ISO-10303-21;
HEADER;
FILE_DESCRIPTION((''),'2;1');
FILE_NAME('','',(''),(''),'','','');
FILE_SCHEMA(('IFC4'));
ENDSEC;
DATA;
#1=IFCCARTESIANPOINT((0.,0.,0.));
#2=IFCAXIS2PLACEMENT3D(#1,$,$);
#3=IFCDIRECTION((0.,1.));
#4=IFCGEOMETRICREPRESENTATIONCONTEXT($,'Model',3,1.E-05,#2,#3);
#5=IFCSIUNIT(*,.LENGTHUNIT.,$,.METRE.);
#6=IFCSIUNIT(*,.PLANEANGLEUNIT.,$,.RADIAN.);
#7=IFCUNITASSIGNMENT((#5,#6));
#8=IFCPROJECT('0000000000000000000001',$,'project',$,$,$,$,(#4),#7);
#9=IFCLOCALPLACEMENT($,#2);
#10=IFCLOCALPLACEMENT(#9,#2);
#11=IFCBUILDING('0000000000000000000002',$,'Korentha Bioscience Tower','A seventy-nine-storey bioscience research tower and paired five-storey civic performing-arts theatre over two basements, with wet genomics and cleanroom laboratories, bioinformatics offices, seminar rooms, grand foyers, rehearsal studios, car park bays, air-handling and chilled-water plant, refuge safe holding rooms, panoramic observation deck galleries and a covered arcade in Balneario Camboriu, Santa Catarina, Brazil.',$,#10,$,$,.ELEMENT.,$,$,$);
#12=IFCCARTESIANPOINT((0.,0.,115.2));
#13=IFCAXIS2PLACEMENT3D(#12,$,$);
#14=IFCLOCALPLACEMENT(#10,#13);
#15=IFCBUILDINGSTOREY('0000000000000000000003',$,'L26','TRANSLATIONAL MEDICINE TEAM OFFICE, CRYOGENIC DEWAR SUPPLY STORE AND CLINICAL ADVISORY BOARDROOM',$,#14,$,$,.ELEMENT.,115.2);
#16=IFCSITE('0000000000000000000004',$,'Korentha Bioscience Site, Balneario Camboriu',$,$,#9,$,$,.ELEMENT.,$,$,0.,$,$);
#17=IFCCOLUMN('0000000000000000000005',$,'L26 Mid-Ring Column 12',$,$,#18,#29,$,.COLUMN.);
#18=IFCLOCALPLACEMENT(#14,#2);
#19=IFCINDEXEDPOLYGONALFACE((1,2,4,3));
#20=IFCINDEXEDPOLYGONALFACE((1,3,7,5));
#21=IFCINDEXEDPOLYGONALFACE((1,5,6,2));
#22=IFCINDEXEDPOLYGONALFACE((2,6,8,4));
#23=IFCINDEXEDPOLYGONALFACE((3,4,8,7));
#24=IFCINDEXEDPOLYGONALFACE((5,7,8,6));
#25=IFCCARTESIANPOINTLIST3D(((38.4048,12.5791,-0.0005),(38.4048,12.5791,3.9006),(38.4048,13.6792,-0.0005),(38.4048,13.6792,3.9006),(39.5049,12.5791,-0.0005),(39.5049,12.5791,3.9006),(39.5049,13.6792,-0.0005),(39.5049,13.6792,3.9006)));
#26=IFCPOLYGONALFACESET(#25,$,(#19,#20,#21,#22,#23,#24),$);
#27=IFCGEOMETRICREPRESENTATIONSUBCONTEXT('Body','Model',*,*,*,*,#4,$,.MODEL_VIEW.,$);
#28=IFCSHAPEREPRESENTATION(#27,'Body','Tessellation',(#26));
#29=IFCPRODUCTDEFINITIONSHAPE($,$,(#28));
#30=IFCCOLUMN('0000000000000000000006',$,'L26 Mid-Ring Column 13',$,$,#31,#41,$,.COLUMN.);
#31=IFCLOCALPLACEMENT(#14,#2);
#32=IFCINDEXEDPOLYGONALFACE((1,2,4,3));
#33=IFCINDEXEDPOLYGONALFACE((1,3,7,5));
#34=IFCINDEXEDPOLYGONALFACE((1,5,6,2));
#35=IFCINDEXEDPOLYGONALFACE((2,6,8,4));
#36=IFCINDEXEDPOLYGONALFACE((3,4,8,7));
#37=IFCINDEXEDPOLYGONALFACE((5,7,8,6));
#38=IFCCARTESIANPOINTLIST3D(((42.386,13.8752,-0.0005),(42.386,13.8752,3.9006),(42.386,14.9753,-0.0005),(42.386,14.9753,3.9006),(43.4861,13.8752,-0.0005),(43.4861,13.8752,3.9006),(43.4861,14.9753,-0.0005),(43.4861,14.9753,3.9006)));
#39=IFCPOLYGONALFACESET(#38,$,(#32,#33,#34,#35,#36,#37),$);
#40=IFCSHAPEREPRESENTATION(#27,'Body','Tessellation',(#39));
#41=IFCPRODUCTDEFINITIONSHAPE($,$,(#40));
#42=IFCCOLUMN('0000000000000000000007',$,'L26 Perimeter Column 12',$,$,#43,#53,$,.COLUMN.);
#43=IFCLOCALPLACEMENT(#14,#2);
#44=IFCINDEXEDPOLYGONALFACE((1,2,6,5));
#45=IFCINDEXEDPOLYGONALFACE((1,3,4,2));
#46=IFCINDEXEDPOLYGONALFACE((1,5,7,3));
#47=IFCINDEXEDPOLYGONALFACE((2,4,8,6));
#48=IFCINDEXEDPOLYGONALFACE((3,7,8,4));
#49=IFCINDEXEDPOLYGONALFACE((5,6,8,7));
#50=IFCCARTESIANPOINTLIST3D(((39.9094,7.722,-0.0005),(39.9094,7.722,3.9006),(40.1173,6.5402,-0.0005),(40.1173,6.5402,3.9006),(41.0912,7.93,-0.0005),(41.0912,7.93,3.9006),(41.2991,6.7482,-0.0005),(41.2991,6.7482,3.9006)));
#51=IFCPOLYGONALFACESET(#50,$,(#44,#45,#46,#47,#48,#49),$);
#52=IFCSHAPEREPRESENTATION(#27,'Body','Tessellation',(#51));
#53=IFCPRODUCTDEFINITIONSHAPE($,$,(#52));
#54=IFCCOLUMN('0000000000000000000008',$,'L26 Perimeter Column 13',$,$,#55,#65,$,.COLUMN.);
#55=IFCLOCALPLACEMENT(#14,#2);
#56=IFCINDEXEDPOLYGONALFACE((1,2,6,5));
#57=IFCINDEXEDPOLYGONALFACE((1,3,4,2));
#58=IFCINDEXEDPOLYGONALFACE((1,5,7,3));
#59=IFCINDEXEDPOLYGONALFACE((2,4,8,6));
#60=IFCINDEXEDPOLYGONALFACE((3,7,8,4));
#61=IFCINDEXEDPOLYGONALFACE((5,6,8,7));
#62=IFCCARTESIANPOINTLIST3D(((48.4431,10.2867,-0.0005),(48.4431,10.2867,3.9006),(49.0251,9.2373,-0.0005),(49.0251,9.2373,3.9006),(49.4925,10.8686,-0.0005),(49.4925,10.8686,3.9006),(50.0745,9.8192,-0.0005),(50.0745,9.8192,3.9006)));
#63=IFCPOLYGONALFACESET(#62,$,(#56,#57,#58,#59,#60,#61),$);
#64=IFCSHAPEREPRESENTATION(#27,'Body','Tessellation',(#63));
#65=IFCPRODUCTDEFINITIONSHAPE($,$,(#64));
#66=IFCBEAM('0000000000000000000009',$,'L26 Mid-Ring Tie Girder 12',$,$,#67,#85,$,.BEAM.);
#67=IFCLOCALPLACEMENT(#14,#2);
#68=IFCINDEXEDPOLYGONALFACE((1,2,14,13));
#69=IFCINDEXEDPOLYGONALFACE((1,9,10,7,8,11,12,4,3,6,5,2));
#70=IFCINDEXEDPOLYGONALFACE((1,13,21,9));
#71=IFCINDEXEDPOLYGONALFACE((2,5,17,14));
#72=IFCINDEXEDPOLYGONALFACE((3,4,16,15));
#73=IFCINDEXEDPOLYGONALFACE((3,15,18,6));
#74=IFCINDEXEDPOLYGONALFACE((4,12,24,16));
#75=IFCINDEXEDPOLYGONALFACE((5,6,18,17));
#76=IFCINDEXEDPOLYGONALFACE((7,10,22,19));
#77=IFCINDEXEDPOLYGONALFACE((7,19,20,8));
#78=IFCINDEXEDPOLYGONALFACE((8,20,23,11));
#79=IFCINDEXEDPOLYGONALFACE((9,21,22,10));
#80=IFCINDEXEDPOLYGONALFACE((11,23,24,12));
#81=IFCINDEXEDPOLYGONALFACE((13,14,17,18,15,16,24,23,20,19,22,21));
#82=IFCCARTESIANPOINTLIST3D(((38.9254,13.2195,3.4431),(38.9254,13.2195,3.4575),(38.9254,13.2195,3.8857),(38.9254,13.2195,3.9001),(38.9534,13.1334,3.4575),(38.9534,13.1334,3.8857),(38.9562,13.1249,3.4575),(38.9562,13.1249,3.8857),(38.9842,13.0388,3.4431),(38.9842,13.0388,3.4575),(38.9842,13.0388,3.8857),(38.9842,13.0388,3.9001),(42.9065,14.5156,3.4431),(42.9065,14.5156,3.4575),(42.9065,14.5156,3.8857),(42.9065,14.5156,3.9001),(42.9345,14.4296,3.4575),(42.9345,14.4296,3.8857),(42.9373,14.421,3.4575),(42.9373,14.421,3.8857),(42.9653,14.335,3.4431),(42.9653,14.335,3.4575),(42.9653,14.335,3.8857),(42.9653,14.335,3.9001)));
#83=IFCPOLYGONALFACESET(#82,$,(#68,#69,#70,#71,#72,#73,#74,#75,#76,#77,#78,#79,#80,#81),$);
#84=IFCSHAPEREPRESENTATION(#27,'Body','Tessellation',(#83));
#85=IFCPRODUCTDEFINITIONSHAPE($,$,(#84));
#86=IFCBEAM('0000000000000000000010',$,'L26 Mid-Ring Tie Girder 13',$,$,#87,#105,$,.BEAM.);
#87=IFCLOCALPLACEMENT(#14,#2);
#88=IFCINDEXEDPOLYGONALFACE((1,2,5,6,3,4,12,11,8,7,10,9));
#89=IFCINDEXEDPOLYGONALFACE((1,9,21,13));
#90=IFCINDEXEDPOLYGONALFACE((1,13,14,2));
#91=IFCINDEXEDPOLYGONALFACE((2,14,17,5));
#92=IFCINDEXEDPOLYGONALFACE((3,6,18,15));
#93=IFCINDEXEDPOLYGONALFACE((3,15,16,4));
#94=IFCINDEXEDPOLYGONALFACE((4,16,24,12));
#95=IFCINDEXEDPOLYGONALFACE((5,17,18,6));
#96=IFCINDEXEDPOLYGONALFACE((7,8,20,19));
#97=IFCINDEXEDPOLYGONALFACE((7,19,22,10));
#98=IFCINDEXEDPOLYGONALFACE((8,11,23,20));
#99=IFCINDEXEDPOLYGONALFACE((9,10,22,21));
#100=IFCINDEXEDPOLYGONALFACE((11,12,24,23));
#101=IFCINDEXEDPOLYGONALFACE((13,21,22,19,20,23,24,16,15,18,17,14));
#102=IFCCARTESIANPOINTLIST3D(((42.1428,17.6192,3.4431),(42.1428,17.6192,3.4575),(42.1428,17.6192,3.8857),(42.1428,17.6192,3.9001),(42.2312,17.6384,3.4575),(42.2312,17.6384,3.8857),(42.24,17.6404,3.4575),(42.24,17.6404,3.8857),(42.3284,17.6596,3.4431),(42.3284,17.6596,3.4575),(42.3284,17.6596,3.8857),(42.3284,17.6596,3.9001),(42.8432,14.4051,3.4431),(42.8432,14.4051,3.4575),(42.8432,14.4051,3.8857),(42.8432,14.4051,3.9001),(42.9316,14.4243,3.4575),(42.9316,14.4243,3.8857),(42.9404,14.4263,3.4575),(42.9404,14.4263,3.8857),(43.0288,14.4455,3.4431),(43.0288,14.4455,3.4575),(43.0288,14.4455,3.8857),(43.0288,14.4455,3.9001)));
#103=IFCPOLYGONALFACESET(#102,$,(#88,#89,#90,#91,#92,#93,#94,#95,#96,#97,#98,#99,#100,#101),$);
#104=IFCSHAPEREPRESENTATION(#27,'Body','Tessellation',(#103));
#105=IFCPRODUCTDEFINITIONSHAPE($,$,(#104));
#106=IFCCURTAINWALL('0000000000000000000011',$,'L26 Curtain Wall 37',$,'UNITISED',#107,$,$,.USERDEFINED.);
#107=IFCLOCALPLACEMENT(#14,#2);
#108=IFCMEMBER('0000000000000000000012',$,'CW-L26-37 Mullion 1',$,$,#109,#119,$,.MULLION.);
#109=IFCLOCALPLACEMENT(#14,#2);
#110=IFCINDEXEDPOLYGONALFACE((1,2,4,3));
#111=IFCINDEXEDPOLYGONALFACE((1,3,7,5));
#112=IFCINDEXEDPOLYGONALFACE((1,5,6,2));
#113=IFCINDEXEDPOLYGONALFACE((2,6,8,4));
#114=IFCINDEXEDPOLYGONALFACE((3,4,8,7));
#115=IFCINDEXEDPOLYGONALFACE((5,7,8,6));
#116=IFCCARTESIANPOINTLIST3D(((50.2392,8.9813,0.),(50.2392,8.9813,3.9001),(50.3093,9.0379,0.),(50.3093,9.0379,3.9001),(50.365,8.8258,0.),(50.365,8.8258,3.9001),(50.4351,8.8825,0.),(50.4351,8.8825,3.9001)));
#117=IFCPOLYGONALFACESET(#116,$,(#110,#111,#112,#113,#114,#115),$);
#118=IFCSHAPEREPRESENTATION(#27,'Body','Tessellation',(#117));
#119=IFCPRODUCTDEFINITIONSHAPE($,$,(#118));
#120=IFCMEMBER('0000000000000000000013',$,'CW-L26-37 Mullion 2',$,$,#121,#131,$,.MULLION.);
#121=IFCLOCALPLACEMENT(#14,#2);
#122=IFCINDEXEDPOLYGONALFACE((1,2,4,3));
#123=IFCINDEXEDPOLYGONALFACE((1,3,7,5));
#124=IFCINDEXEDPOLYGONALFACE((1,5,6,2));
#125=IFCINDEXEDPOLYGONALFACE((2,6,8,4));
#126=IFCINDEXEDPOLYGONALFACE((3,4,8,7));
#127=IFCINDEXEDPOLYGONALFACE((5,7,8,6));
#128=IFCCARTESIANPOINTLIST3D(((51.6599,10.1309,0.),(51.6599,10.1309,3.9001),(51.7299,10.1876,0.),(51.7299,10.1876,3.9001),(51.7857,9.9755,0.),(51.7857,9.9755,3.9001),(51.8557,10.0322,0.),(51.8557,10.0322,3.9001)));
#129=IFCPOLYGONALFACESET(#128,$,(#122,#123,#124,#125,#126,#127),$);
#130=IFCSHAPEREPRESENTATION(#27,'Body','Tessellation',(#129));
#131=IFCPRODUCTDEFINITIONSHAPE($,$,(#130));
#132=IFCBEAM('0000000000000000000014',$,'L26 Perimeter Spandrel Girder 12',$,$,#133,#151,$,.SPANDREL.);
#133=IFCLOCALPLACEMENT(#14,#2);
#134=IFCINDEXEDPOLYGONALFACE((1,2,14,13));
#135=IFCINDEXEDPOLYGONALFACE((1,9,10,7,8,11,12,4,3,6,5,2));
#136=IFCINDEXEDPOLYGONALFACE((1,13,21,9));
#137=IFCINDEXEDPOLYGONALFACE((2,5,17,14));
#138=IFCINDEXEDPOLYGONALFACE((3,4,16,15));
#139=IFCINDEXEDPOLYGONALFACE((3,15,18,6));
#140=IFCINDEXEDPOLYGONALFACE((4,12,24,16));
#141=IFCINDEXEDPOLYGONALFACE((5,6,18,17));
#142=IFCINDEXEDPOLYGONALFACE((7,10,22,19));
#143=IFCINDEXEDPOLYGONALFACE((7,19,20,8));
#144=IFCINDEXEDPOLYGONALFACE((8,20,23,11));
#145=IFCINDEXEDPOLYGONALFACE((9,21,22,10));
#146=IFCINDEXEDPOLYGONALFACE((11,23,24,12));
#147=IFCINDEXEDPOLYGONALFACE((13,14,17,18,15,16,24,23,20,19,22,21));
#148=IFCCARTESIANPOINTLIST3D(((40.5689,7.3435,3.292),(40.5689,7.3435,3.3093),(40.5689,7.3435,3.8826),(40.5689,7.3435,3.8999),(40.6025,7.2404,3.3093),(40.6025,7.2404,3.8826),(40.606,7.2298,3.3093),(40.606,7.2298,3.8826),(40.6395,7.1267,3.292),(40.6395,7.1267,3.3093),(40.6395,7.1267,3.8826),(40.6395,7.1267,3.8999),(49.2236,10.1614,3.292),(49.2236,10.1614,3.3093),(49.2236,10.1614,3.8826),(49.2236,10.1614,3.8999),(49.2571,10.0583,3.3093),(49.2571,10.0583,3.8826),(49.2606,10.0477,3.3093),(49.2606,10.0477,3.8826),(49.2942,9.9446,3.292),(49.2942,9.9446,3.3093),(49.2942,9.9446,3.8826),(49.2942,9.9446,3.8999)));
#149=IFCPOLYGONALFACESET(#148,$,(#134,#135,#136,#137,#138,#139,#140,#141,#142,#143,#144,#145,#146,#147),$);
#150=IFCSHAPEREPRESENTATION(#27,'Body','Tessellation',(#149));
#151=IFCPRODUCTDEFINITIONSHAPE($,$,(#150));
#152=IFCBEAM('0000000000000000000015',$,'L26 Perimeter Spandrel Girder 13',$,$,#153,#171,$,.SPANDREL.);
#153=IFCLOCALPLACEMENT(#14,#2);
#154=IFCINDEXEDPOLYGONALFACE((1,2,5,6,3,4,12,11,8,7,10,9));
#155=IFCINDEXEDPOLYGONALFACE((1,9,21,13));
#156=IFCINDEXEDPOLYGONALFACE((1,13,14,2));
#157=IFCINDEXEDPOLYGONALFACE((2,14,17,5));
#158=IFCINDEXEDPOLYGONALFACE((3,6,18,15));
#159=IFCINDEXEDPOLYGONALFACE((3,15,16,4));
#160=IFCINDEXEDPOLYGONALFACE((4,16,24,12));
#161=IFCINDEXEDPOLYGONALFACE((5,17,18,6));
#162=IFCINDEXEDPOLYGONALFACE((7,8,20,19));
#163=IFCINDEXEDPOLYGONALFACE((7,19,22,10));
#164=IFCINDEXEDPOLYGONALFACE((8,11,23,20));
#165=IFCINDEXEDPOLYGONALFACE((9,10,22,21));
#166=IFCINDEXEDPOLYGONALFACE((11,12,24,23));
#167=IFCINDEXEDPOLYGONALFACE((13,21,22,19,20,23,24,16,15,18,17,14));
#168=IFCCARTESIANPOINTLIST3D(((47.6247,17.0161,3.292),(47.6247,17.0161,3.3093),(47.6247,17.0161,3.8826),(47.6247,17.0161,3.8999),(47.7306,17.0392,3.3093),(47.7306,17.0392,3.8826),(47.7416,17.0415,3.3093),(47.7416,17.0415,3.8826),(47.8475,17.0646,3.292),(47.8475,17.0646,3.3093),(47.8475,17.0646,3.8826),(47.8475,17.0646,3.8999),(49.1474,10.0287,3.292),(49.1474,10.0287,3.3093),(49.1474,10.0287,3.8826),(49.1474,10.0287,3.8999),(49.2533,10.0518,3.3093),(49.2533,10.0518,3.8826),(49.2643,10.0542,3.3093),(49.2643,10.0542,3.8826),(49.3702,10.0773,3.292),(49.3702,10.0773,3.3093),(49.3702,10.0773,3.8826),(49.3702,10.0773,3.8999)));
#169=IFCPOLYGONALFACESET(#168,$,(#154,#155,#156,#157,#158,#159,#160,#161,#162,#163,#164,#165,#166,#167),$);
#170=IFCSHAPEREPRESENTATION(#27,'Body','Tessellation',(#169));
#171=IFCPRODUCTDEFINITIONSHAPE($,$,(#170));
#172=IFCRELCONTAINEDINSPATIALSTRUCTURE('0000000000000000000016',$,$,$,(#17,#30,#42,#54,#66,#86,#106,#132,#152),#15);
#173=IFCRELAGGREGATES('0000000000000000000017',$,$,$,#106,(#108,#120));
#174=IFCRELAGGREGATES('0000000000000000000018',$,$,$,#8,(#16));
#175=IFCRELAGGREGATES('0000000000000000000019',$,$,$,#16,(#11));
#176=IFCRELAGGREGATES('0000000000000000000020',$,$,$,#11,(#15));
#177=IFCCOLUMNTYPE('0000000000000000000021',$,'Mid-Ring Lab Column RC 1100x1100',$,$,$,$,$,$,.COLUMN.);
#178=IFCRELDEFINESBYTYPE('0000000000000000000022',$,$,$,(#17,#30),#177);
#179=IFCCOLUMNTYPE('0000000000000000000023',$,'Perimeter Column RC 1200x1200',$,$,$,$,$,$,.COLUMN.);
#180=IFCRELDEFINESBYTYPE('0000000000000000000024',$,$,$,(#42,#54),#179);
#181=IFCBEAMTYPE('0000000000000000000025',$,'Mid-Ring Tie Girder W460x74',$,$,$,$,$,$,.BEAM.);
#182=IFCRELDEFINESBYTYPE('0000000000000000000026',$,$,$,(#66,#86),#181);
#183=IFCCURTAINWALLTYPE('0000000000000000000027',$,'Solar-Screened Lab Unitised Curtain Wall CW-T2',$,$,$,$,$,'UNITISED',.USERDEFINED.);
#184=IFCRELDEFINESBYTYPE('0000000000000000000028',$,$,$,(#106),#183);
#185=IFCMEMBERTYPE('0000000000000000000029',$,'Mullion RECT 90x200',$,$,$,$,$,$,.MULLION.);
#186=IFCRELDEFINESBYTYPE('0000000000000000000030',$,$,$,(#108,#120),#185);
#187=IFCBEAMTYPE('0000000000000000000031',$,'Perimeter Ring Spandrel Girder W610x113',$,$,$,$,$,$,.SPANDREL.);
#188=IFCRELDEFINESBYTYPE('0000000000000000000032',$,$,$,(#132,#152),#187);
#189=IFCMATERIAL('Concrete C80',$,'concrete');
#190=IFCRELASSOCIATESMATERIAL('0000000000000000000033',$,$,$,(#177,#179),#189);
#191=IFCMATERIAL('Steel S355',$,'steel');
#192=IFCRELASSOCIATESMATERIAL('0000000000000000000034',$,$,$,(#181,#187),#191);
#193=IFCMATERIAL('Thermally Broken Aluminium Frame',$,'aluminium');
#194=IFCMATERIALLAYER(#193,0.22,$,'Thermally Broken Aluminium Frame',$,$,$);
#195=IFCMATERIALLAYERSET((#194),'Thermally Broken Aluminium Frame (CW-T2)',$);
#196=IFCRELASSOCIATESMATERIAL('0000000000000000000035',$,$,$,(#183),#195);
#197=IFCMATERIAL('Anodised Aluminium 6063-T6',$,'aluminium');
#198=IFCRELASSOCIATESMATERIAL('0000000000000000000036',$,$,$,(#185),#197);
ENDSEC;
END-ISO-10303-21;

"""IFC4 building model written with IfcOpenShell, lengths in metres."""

from ifc_helpers import new_model, si_unit, direction, frame, origin, origin_2d, place, context, subcontext, project, spatial, rectangle, i_section, extrude, material, layer, layer_set, material_profile, profile_set, type_object, element, aggregate, save


model = new_model("IFC4")

# Units and contexts
model_context = context("Model", 3, precision=1e-05, world=origin(), true_north=direction((0.0, 1.0)))
body_context = subcontext(model_context, "Body", "Model", "MODEL_VIEW")
ifc_project = project(units=[si_unit("LENGTHUNIT", "METRE"), si_unit("PLANEANGLEUNIT", "RADIAN")], contexts=[model_context])

# Site, building, storey
site_placement = place(None, origin())
site = spatial("IfcSite", under=ifc_project, at=site_placement, Name="Korentha Bioscience Site, Balneario Camboriu", CompositionType="ELEMENT", RefElevation=0.0)
building_placement = place(site_placement, origin())
building = spatial("IfcBuilding", under=site, at=building_placement, Name="Korentha Bioscience Tower", Description="A seventy-nine-storey bioscience research tower and paired five-storey civic performing-arts theatre over two basements, with wet genomics and cleanroom laboratories, bioinformatics offices, seminar rooms, grand foyers, rehearsal studios, car park bays, air-handling and chilled-water plant, refuge safe holding rooms, panoramic observation deck galleries and a covered arcade in Balneario Camboriu, Santa Catarina, Brazil.", CompositionType="ELEMENT")
storey_placement = place(building_placement, frame((0.0, 0.0, 115.2)))
storey = spatial("IfcBuildingStorey", under=building, at=storey_placement, Name="L26", Description="TRANSLATIONAL MEDICINE TEAM OFFICE, CRYOGENIC DEWAR SUPPLY STORE AND CLINICAL ADVISORY BOARDROOM", CompositionType="ELEMENT", Elevation=115.2)

# Columns
ifc_material_1 = material(Name="Concrete C80", Category="concrete")
ifc_material_profile_1 = material_profile(ifc_material_1, rectangle(XDim=1.1001, YDim=1.1001, at=origin_2d()), Name="Concrete C80")
ifc_profile_set_1 = profile_set([ifc_material_profile_1], Name="Concrete C80 (COL-MR11)")
column_type_1 = type_object("IfcColumnType", Name="Mid-Ring Lab Column RC 1100x1100", PredefinedType="COLUMN", material=ifc_profile_set_1)
for number, where, z_axis, x_axis, name in (
    (1, (38.9548, 13.1292, -0.0005), (0.0, 0.0, 1.0), (1.0, 0.0, 0.0), "L26 Mid-Ring Column 12"),
    (2, (42.936, 14.4253, -0.0005), (0.0, 0.0, 1.0), (1.0, 0.0, 0.0), "L26 Mid-Ring Column 13"),
):
    element("IfcColumn", number, at=place(storey_placement, frame(where, z_axis=z_axis, x_axis=x_axis)), inside=storey, type_object=column_type_1, Name=name, PredefinedType="COLUMN", context=body_context, shape_type="SweptSolid", body=[
        extrude(rectangle(XDim=1.1001, YDim=1.1001, at=origin_2d()), origin(), (0.0, 0.0, 1.0), 3.9011),
    ])
ifc_material_profile_2 = material_profile(ifc_material_1, rectangle(XDim=1.2, YDim=1.2, at=origin_2d()), Name="Concrete C80")
ifc_profile_set_2 = profile_set([ifc_material_profile_2], Name="Concrete C80 (COL-P12)")
column_type_2 = type_object("IfcColumnType", Name="Perimeter Column RC 1200x1200", PredefinedType="COLUMN", material=ifc_profile_set_2)
for number, where, z_axis, x_axis, name in (
    (3, (40.6042, 7.2351, -0.0005), (0.0, 0.0, 1.0), (0.984868, 0.173304, 0.0), "L26 Perimeter Column 12"),
    (4, (49.2588, 10.053, -0.0005), (0.0, 0.0, 1.0), (0.874535, 0.484962, 0.0), "L26 Perimeter Column 13"),
):
    element("IfcColumn", number, at=place(storey_placement, frame(where, z_axis=z_axis, x_axis=x_axis)), inside=storey, type_object=column_type_2, Name=name, PredefinedType="COLUMN", context=body_context, shape_type="SweptSolid", body=[
        extrude(rectangle(XDim=1.2, YDim=1.2, at=origin_2d()), origin(), (0.0, 0.0, 1.0), 3.9011),
    ])

# Beams
ifc_material_2 = material(Name="Steel S355", Category="steel")
ifc_material_profile_3 = material_profile(ifc_material_2, i_section(OverallWidth=0.1899, OverallDepth=0.457, WebThickness=0.009, FlangeThickness=0.0144, at=origin_2d()), Name="Steel S355")
ifc_profile_set_3 = profile_set([ifc_material_profile_3], Name="Steel S355 (MB-460)")
beam_type_1 = type_object("IfcBeamType", Name="Mid-Ring Tie Girder W460x74", PredefinedType="BEAM", material=ifc_profile_set_3)
beam_1_placement = place(storey_placement, frame((38.9548, 13.1292, 3.6716), z_axis=(0.950876, 0.309573, 0.0), x_axis=(-0.309573, 0.950876, 0.0)))
element("IfcBeam", 5, at=beam_1_placement, inside=storey, type_object=beam_type_1, Name="L26 Mid-Ring Tie Girder 12", PredefinedType="BEAM", context=body_context, shape_type="SweptSolid", body=[
    extrude(i_section(OverallWidth=0.1899, OverallDepth=0.457, WebThickness=0.009, FlangeThickness=0.0144, at=origin_2d()), origin(), (0.0, 0.0, 1.0), 4.1868),
])
beam_2_placement = place(storey_placement, frame((42.936, 14.4253, 3.6716), z_axis=(-0.212929, 0.977068, 0.0), x_axis=(-0.977068, -0.212929, 0.0)))
element("IfcBeam", 6, at=beam_2_placement, inside=storey, type_object=beam_type_1, Name="L26 Mid-Ring Tie Girder 13", PredefinedType="BEAM", context=body_context, shape_type="SweptSolid", body=[
    extrude(i_section(OverallWidth=0.1899, OverallDepth=0.457, WebThickness=0.009, FlangeThickness=0.0144, at=origin_2d()), origin(), (0.0, 0.0, 1.0), 3.2896),
])

# Curtain wall, members
ifc_material_3 = material(Name="Thermally Broken Aluminium Frame", Category="aluminium")
ifc_layer_1 = layer(ifc_material_3, 0.22, Name="Thermally Broken Aluminium Frame")
ifc_layer_set_1 = layer_set([ifc_layer_1], Name="Thermally Broken Aluminium Frame (CW-T2)")
curtain_wall_type = type_object("IfcCurtainWallType", Name="Solar-Screened Lab Unitised Curtain Wall CW-T2", ElementType="UNITISED", PredefinedType="USERDEFINED", material=ifc_layer_set_1)
curtain_wall_placement = place(storey_placement, origin())
curtain_wall = element("IfcCurtainWall", 7, at=curtain_wall_placement, inside=storey, type_object=curtain_wall_type, Name="L26 Curtain Wall 37", ObjectType="UNITISED", PredefinedType="USERDEFINED")
ifc_material_4 = material(Name="Anodised Aluminium 6063-T6", Category="aluminium")
ifc_material_profile_4 = material_profile(ifc_material_4, rectangle(XDim=0.0901, YDim=0.2, at=origin_2d()), Name="Anodised Aluminium 6063-T6")
ifc_profile_set_4 = profile_set([ifc_material_profile_4], Name="Anodised Aluminium 6063-T6 (CW-MUL)")
member_type_1 = type_object("IfcMemberType", Name="Mullion RECT 90x200", PredefinedType="MULLION", material=ifc_profile_set_4)
member_1_placement = place(storey_placement, frame((50.3372, 8.9319, 0.0), z_axis=(0.0, 0.0, 1.0), x_axis=(0.777315, 0.629111, 0.0)))
member_1 = element("IfcMember", 8, at=member_1_placement, type_object=member_type_1, Name="CW-L26-37 Mullion 1", PredefinedType="MULLION", context=body_context, shape_type="SweptSolid", body=[
    extrude(rectangle(XDim=0.0901, YDim=0.2, at=origin_2d()), origin(), (0.0, 0.0, 1.0), 3.9001),
])
member_2_placement = place(storey_placement, frame((51.7578, 10.0815, 0.0), z_axis=(0.0, 0.0, 1.0), x_axis=(0.777315, 0.629111, 0.0)))
member_2 = element("IfcMember", 9, at=member_2_placement, type_object=member_type_1, Name="CW-L26-37 Mullion 2", PredefinedType="MULLION", context=body_context, shape_type="SweptSolid", body=[
    extrude(rectangle(XDim=0.0901, YDim=0.2, at=origin_2d()), origin(), (0.0, 0.0, 1.0), 3.9001),
])

# Beams
ifc_material_profile_5 = material_profile(ifc_material_2, i_section(OverallWidth=0.228, OverallDepth=0.6079, WebThickness=0.0112, FlangeThickness=0.0173, at=origin_2d()), Name="Steel S355")
ifc_profile_set_5 = profile_set([ifc_material_profile_5], Name="Steel S355 (SB-610)")
beam_type_2 = type_object("IfcBeamType", Name="Perimeter Ring Spandrel Girder W610x113", PredefinedType="SPANDREL", material=ifc_profile_set_5)
beam_3_placement = place(storey_placement, frame((40.6042, 7.2351, 3.5959), z_axis=(0.950868, 0.309597, 0.0), x_axis=(-0.309597, 0.950868, 0.0)))
element("IfcBeam", 10, at=beam_3_placement, inside=storey, type_object=beam_type_2, Name="L26 Perimeter Spandrel Girder 12", PredefinedType="SPANDREL", context=body_context, shape_type="SweptSolid", body=[
    extrude(i_section(OverallWidth=0.228, OverallDepth=0.6079, WebThickness=0.0112, FlangeThickness=0.0173, at=origin_2d()), origin(), (0.0, 0.0, 1.0), 9.1018),
])
beam_4_placement = place(storey_placement, frame((49.2588, 10.053, 3.5959), z_axis=(-0.212927, 0.977068, 0.0), x_axis=(-0.977068, -0.212927, 0.0)))
element("IfcBeam", 11, at=beam_4_placement, inside=storey, type_object=beam_type_2, Name="L26 Perimeter Spandrel Girder 13", PredefinedType="SPANDREL", context=body_context, shape_type="SweptSolid", body=[
    extrude(i_section(OverallWidth=0.228, OverallDepth=0.6079, WebThickness=0.0112, FlangeThickness=0.0173, at=origin_2d()), origin(), (0.0, 0.0, 1.0), 7.1514),
])

aggregate(curtain_wall, [member_1, member_2])

save(model, "model.ifc")
